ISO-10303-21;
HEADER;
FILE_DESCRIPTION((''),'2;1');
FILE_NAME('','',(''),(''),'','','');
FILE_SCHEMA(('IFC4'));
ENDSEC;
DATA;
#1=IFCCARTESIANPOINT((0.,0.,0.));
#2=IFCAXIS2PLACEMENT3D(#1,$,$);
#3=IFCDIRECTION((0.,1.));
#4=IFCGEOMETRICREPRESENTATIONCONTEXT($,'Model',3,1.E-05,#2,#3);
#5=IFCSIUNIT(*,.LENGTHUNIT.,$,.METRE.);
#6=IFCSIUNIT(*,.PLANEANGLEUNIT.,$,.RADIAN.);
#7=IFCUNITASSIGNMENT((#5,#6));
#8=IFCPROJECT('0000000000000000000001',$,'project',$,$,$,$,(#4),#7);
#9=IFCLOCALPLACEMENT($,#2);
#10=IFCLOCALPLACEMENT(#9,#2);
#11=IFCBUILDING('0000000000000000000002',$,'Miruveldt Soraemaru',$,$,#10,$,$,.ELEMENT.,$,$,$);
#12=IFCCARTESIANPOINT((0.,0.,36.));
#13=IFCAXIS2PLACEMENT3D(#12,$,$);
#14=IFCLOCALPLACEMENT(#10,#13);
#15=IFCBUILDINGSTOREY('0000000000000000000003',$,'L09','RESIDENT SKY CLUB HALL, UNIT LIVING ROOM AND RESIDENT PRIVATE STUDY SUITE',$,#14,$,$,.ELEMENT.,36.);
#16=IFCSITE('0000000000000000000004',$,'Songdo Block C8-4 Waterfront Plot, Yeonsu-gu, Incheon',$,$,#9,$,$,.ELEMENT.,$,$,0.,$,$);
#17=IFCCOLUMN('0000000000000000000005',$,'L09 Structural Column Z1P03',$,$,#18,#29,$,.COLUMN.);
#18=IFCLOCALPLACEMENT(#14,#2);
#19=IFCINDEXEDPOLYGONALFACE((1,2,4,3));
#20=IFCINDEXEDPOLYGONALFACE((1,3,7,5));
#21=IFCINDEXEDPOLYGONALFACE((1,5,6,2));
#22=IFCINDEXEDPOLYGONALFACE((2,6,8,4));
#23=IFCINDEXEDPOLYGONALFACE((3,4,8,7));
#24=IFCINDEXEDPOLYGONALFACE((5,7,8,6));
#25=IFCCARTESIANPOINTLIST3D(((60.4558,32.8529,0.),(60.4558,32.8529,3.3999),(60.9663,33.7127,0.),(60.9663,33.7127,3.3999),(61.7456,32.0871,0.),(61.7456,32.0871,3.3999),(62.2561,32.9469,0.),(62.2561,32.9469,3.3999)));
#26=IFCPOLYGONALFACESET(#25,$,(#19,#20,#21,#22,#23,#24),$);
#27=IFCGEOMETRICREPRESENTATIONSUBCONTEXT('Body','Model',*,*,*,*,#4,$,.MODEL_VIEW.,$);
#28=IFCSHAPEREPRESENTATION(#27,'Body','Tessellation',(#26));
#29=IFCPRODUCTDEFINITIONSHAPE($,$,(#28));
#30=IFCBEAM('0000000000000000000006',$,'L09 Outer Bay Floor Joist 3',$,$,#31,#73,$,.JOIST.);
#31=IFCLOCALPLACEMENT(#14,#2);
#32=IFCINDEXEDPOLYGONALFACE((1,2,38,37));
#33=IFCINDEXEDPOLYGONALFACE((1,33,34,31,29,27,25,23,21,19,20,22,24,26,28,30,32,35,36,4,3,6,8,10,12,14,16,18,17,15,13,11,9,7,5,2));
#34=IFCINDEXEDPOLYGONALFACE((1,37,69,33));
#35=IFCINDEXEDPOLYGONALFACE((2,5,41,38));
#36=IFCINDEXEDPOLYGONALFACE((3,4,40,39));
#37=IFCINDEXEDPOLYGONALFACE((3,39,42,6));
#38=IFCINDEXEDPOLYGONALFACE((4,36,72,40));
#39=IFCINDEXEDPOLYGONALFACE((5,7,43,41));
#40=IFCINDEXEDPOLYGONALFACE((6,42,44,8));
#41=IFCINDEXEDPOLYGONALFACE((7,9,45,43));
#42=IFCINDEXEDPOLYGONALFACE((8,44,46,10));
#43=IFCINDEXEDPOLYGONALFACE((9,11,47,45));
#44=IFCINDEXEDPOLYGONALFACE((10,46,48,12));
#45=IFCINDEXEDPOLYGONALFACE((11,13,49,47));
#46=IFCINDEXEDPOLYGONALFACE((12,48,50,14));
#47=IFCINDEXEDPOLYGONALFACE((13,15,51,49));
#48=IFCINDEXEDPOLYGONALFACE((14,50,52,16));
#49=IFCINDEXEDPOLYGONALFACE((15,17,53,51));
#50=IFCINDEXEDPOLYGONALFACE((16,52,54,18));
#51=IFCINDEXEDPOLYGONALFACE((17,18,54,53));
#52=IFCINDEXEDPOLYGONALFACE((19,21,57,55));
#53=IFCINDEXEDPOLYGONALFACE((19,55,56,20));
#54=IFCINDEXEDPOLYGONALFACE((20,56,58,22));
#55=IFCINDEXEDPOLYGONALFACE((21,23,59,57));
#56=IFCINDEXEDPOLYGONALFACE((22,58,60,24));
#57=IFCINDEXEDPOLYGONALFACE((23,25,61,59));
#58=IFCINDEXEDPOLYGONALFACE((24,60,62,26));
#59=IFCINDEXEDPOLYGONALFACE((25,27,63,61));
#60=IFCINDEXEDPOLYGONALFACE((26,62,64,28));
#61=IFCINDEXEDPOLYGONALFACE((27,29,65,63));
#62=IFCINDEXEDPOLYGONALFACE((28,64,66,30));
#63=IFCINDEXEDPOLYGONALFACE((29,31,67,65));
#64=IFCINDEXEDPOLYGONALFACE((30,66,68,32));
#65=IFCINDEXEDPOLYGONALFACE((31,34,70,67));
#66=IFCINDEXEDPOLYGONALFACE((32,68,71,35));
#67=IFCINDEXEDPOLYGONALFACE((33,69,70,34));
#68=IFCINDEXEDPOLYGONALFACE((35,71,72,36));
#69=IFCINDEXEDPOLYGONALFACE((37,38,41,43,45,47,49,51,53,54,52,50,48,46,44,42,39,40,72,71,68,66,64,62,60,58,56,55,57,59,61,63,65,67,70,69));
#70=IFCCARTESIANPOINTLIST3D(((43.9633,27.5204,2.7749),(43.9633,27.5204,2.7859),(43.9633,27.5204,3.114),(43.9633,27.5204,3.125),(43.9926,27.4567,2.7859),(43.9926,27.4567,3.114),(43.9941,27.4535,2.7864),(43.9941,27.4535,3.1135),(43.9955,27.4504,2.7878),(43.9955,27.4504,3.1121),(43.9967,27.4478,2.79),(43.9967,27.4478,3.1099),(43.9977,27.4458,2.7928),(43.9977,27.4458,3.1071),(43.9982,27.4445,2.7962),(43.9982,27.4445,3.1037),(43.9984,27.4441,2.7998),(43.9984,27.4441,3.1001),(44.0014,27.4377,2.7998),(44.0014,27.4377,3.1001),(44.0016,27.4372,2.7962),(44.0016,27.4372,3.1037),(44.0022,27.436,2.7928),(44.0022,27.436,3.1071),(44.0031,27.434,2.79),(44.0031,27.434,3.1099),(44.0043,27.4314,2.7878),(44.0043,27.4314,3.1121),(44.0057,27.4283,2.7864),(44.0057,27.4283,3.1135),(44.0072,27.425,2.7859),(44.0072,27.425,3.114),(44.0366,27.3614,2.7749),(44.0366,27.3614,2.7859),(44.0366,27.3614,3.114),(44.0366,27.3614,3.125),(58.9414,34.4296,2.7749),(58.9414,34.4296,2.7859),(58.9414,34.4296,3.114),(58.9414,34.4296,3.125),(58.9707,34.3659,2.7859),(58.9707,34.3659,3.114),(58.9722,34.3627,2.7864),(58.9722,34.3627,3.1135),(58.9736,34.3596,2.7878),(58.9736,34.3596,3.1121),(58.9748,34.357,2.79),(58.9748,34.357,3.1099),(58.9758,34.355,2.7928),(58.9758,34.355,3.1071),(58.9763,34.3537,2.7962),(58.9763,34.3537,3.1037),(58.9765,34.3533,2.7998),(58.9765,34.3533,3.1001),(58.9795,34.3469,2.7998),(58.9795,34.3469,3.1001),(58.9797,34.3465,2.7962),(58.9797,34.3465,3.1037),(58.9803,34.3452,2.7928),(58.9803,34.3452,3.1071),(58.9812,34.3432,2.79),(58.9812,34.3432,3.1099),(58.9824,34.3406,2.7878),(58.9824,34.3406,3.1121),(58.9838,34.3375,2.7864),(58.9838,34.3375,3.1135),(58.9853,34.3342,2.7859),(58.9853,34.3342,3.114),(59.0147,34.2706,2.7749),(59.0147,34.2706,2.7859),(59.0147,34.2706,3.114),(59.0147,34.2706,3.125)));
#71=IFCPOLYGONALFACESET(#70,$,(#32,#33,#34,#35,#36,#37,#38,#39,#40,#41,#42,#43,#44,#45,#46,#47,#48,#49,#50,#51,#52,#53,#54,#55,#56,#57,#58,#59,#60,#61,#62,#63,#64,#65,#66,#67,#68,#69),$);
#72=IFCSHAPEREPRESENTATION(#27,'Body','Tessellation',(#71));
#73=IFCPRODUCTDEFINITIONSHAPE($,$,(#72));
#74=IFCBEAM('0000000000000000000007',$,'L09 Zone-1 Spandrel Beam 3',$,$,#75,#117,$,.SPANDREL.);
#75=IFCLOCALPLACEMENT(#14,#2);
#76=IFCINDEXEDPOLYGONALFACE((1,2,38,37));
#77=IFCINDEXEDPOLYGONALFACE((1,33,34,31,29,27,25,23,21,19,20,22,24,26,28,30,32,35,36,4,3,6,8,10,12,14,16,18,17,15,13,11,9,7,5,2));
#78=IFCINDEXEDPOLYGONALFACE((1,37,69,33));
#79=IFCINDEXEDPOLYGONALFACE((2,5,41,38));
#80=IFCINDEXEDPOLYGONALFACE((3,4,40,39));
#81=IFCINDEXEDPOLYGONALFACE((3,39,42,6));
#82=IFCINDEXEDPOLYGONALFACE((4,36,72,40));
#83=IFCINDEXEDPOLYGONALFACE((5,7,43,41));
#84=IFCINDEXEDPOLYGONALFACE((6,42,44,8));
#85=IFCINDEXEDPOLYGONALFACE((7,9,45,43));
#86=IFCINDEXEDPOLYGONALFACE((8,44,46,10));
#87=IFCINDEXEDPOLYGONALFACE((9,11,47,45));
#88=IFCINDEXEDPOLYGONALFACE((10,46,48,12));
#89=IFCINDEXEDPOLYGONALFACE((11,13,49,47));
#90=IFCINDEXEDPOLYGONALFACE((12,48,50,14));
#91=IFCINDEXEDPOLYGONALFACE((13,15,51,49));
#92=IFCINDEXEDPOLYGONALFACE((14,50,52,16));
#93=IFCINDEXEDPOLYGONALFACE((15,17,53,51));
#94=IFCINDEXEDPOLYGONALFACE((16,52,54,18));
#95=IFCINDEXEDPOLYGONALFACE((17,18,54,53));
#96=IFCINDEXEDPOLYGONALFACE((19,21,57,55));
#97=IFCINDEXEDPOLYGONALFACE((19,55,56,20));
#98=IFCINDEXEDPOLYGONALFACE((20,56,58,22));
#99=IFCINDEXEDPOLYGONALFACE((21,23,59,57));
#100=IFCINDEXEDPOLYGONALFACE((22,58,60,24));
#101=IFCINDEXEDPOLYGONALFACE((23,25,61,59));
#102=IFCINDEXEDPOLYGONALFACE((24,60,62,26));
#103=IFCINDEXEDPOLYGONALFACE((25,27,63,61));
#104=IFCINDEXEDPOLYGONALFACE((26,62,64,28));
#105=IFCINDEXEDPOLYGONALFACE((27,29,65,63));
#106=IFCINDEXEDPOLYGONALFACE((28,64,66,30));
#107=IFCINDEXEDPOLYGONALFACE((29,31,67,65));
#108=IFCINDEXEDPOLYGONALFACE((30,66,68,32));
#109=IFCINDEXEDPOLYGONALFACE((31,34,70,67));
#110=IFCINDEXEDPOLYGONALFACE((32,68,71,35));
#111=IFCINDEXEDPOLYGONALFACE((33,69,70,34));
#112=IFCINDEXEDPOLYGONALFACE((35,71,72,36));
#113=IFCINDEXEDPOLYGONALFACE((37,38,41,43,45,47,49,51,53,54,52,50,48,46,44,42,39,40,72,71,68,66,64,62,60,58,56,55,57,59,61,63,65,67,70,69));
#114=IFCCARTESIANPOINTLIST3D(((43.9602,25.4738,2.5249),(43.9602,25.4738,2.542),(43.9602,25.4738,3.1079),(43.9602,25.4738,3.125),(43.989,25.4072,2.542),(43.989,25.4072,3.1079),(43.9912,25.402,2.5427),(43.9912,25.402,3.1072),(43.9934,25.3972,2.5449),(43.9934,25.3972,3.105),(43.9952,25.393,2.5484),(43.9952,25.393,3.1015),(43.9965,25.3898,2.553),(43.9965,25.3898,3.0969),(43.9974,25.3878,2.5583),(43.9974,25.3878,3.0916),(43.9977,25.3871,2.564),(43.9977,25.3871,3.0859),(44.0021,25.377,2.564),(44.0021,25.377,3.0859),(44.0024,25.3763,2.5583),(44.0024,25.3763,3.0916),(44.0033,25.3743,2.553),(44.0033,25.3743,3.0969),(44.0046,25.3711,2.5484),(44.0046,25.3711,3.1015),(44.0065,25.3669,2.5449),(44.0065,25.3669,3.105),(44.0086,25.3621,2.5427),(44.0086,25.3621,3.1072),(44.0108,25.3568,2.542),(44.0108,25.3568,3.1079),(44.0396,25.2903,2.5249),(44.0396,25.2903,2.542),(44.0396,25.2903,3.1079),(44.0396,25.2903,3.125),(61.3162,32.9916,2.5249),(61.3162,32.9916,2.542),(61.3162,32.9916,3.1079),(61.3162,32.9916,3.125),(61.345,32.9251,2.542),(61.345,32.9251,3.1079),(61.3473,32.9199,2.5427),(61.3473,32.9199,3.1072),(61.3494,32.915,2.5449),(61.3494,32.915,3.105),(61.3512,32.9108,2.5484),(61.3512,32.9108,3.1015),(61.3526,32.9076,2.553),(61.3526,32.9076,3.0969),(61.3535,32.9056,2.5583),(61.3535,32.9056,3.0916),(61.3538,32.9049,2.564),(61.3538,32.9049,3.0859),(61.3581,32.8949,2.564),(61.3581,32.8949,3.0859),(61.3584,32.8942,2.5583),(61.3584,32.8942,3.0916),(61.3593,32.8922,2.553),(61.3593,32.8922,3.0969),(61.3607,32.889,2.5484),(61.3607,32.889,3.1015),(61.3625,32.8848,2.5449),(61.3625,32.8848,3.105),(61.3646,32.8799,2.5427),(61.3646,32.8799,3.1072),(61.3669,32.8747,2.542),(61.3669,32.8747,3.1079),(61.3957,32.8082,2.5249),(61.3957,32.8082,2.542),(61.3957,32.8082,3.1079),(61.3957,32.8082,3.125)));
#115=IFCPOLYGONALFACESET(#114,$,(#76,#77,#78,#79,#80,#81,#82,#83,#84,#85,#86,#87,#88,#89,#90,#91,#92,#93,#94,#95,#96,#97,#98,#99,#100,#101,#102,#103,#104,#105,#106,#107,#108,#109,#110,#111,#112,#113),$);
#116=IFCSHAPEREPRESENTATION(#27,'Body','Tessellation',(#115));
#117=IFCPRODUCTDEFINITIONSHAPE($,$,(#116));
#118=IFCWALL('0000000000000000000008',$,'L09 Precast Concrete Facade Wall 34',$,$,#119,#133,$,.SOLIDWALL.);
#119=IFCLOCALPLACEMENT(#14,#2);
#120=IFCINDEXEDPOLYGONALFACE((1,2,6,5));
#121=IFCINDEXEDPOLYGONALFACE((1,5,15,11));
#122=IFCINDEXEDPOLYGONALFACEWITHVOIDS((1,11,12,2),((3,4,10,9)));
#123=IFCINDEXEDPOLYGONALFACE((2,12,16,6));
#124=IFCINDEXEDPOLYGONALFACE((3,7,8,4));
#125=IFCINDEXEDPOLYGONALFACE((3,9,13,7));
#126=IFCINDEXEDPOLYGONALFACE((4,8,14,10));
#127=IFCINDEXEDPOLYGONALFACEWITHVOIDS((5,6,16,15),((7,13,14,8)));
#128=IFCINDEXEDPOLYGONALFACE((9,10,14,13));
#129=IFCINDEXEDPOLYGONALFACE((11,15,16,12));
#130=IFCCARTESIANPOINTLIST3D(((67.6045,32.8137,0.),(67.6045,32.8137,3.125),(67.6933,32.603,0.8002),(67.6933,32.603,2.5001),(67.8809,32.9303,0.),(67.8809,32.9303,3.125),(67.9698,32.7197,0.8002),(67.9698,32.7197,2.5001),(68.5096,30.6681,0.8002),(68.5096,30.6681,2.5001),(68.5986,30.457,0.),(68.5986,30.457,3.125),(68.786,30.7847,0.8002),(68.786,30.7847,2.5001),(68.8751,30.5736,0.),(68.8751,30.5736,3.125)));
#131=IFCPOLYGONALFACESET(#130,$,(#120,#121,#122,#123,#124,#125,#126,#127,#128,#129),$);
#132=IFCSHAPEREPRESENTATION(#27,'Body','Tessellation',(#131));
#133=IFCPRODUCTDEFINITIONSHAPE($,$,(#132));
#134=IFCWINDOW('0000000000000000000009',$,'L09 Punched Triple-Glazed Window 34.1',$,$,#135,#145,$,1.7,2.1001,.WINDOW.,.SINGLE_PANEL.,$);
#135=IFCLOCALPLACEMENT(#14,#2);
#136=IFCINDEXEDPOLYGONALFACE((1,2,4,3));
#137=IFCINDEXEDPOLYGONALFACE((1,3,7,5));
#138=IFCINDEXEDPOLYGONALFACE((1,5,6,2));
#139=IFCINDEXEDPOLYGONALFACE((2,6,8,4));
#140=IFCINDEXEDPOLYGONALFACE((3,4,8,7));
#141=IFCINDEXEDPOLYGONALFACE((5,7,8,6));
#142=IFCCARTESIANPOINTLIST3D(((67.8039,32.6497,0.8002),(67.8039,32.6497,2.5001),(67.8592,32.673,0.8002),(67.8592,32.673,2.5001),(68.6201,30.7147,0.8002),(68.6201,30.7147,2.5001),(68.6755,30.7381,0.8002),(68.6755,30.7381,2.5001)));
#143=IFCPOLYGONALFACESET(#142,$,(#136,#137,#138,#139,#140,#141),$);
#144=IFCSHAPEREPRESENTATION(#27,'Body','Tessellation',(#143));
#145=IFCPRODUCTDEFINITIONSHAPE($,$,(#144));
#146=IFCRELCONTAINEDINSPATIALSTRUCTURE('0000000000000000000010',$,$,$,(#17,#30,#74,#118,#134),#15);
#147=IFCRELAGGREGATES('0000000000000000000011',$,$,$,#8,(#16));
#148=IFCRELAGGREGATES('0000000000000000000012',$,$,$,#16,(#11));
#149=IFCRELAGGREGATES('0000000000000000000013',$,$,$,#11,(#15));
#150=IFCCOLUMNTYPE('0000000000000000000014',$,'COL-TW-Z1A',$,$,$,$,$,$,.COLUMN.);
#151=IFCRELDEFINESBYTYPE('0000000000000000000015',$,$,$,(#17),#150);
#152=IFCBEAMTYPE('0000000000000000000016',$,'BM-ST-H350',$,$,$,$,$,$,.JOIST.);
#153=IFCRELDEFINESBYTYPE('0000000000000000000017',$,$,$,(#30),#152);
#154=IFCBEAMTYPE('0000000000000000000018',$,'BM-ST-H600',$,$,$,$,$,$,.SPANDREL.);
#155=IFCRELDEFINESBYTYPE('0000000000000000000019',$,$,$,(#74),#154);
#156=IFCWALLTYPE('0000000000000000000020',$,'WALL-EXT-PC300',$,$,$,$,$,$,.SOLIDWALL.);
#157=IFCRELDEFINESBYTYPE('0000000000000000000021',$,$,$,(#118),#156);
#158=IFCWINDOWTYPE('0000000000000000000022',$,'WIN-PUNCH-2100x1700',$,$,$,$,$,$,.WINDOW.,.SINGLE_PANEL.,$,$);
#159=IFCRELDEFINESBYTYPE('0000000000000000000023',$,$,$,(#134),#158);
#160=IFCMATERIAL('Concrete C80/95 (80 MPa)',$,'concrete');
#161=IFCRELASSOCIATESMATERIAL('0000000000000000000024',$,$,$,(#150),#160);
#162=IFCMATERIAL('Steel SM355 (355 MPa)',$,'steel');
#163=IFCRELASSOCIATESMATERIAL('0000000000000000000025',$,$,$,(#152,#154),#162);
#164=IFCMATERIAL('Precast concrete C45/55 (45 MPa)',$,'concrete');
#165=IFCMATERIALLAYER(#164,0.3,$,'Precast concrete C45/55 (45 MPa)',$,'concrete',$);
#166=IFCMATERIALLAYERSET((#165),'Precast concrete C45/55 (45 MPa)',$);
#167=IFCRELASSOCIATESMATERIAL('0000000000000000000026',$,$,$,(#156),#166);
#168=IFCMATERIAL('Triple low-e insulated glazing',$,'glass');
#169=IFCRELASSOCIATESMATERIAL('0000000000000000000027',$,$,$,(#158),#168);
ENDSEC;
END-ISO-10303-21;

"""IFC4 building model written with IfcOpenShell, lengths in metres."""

from ifc_helpers import new_model, si_unit, direction, frame, frame_2d, origin, origin_2d, place, context, subcontext, project, spatial, rectangle, i_section, extrude, material, layer, layer_set, material_profile, profile_set, type_object, element, fill, save


model = new_model("IFC4")

# Units and contexts
model_context = context("Model", 3, precision=1e-05, world=origin(), true_north=direction((0.0, 1.0)))
body_context = subcontext(model_context, "Body", "Model", "MODEL_VIEW")
ifc_project = project(units=[si_unit("LENGTHUNIT", "METRE"), si_unit("PLANEANGLEUNIT", "RADIAN")], contexts=[model_context])

# Site, building, storey
site_placement = place(None, origin())
site = spatial("IfcSite", under=ifc_project, at=site_placement, Name="Songdo Block C8-4 Waterfront Plot, Yeonsu-gu, Incheon", CompositionType="ELEMENT", RefElevation=0.0)
building_placement = place(site_placement, origin())
building = spatial("IfcBuilding", under=site, at=building_placement, Name="Miruveldt Soraemaru", CompositionType="ELEMENT")
storey_placement = place(building_placement, frame((0.0, 0.0, 36.0)))
storey = spatial("IfcBuildingStorey", under=building, at=storey_placement, Name="L09", Description="RESIDENT SKY CLUB HALL, UNIT LIVING ROOM AND RESIDENT PRIVATE STUDY SUITE", CompositionType="ELEMENT", Elevation=36.0)

# Column
ifc_material_1 = material(Name="Concrete C80/95 (80 MPa)", Category="concrete")
ifc_material_profile_1 = material_profile(ifc_material_1, rectangle(XDim=1.5, YDim=1.0, at=origin_2d()), Name="Concrete C80/95 (80 MPa)", Category="concrete")
ifc_profile_set_1 = profile_set([ifc_material_profile_1], Name="Concrete C80/95 (80 MPa)")
column_type = type_object("IfcColumnType", Name="COL-TW-Z1A", PredefinedType="COLUMN", material=ifc_profile_set_1)
column_placement = place(storey_placement, frame((61.356, 32.8999, 0.0), z_axis=(0.0, 0.0, 1.0), x_axis=(-0.859852, 0.510543, 0.0)))
element("IfcColumn", 1, at=column_placement, inside=storey, type_object=column_type, Name="L09 Structural Column Z1P03", PredefinedType="COLUMN", context=body_context, shape_type="SweptSolid", body=[
    extrude(rectangle(XDim=1.5, YDim=1.0, at=origin_2d()), origin(), (0.0, 0.0, 1.0), 3.3999),
])

# Beams
ifc_material_2 = material(Name="Steel SM355 (355 MPa)", Category="steel")
ifc_material_profile_2 = material_profile(ifc_material_2, i_section(OverallWidth=0.175, OverallDepth=0.3501, WebThickness=0.0071, FlangeThickness=0.011, FilletRadius=0.0139, at=origin_2d()), Name="Steel SM355 (355 MPa)", Category="steel")
ifc_profile_set_2 = profile_set([ifc_material_profile_2], Name="Steel SM355 (355 MPa)")
beam_type_1 = type_object("IfcBeamType", Name="BM-ST-H350", PredefinedType="JOIST", material=ifc_profile_set_2)
beam_1_placement = place(storey_placement, frame((58.978, 34.3501, 2.95), z_axis=(-0.908046, -0.41887, 0.0), x_axis=(0.41887, -0.908046, 0.0)))
element("IfcBeam", 2, at=beam_1_placement, inside=storey, type_object=beam_type_1, Name="L09 Outer Bay Floor Joist 3", PredefinedType="JOIST", context=body_context, shape_type="SweptSolid", body=[
    extrude(i_section(OverallWidth=0.175, OverallDepth=0.3501, WebThickness=0.0071, FlangeThickness=0.011, FilletRadius=0.0139, at=origin_2d()), origin(), (0.0, 0.0, 1.0), 16.4949),
])
ifc_material_profile_3 = material_profile(ifc_material_2, i_section(OverallWidth=0.2, OverallDepth=0.6001, WebThickness=0.011, FlangeThickness=0.0171, FilletRadius=0.022, at=origin_2d()), Name="Steel SM355 (355 MPa)", Category="steel")
ifc_profile_set_3 = profile_set([ifc_material_profile_3], Name="Steel SM355 (355 MPa)")
beam_type_2 = type_object("IfcBeamType", Name="BM-ST-H600", PredefinedType="SPANDREL", material=ifc_profile_set_3)
beam_2_placement = place(storey_placement, frame((61.356, 32.8999, 2.825), z_axis=(-0.917615, -0.39747, 0.0), x_axis=(0.39747, -0.917615, 0.0)))
element("IfcBeam", 3, at=beam_2_placement, inside=storey, type_object=beam_type_2, Name="L09 Zone-1 Spandrel Beam 3", PredefinedType="SPANDREL", context=body_context, shape_type="SweptSolid", body=[
    extrude(i_section(OverallWidth=0.2, OverallDepth=0.6001, WebThickness=0.011, FlangeThickness=0.0171, FilletRadius=0.022, at=origin_2d()), origin(), (0.0, 0.0, 1.0), 18.9143),
])

# Wall, opening, window
ifc_material_3 = material(Name="Precast concrete C45/55 (45 MPa)", Category="concrete")
ifc_layer_1 = layer(ifc_material_3, 0.3, Name="Precast concrete C45/55 (45 MPa)", Category="concrete")
ifc_layer_set_1 = layer_set([ifc_layer_1], Name="Precast concrete C45/55 (45 MPa)")
wall_type_1 = type_object("IfcWallType", Name="WALL-EXT-PC300", PredefinedType="SOLIDWALL", material=ifc_layer_set_1)
wall_1_placement = place(storey_placement, frame((68.7368, 30.5154, 0.0), z_axis=(0.0, 0.0, 1.0), x_axis=(-0.388671, 0.921376, 0.0)))
wall_1 = element("IfcWall", 4, at=wall_1_placement, inside=storey, type_object=wall_type_1, Name="L09 Precast Concrete Facade Wall 34", PredefinedType="SOLIDWALL", context=body_context, shape_type="SweptSolid", body=[
    extrude(rectangle(XDim=2.5579, YDim=0.3, at=frame_2d((1.2788, 0.0))), origin(), (0.0, 0.0, 1.0), 3.125),
])
opening_1_placement = place(wall_1_placement, frame((0.229, 0.0, 0.8)))
opening_1 = element("IfcOpeningElement", 5, at=opening_1_placement, cuts=wall_1, PredefinedType="OPENING", context=body_context, shape_type="SweptSolid", body=[
    extrude(rectangle(XDim=2.1001, YDim=1.7, at=frame_2d((1.05, 0.8501))), frame((0.0, 0.1602, 0.0), z_axis=(0.0, -1.0, 0.0), x_axis=(1.0, 0.0, 0.0)), (0.0, 0.0, 1.0), 0.3201),
])
ifc_material_4 = material(Name="Triple low-e insulated glazing", Category="glass")
window_type_1 = type_object("IfcWindowType", Name="WIN-PUNCH-2100x1700", PartitioningType="SINGLE_PANEL", PredefinedType="WINDOW", material=ifc_material_4)
window_1_placement = place(opening_1_placement, origin())
window_1 = element("IfcWindow", 6, at=window_1_placement, inside=storey, type_object=window_type_1, Name="L09 Punched Triple-Glazed Window 34.1", OverallHeight=1.7, OverallWidth=2.1001, PartitioningType="SINGLE_PANEL", PredefinedType="WINDOW", context=body_context, shape_type="SweptSolid", body=[
    extrude(rectangle(XDim=2.1001, YDim=1.7, at=frame_2d((1.05, 0.8501))), frame((0.0, 0.03, 0.0), z_axis=(0.0, -1.0, 0.0), x_axis=(1.0, 0.0, 0.0)), (0.0, 0.0, 1.0), 0.0601),
])
fill(opening_1, window_1)

save(model, "model.ifc")
